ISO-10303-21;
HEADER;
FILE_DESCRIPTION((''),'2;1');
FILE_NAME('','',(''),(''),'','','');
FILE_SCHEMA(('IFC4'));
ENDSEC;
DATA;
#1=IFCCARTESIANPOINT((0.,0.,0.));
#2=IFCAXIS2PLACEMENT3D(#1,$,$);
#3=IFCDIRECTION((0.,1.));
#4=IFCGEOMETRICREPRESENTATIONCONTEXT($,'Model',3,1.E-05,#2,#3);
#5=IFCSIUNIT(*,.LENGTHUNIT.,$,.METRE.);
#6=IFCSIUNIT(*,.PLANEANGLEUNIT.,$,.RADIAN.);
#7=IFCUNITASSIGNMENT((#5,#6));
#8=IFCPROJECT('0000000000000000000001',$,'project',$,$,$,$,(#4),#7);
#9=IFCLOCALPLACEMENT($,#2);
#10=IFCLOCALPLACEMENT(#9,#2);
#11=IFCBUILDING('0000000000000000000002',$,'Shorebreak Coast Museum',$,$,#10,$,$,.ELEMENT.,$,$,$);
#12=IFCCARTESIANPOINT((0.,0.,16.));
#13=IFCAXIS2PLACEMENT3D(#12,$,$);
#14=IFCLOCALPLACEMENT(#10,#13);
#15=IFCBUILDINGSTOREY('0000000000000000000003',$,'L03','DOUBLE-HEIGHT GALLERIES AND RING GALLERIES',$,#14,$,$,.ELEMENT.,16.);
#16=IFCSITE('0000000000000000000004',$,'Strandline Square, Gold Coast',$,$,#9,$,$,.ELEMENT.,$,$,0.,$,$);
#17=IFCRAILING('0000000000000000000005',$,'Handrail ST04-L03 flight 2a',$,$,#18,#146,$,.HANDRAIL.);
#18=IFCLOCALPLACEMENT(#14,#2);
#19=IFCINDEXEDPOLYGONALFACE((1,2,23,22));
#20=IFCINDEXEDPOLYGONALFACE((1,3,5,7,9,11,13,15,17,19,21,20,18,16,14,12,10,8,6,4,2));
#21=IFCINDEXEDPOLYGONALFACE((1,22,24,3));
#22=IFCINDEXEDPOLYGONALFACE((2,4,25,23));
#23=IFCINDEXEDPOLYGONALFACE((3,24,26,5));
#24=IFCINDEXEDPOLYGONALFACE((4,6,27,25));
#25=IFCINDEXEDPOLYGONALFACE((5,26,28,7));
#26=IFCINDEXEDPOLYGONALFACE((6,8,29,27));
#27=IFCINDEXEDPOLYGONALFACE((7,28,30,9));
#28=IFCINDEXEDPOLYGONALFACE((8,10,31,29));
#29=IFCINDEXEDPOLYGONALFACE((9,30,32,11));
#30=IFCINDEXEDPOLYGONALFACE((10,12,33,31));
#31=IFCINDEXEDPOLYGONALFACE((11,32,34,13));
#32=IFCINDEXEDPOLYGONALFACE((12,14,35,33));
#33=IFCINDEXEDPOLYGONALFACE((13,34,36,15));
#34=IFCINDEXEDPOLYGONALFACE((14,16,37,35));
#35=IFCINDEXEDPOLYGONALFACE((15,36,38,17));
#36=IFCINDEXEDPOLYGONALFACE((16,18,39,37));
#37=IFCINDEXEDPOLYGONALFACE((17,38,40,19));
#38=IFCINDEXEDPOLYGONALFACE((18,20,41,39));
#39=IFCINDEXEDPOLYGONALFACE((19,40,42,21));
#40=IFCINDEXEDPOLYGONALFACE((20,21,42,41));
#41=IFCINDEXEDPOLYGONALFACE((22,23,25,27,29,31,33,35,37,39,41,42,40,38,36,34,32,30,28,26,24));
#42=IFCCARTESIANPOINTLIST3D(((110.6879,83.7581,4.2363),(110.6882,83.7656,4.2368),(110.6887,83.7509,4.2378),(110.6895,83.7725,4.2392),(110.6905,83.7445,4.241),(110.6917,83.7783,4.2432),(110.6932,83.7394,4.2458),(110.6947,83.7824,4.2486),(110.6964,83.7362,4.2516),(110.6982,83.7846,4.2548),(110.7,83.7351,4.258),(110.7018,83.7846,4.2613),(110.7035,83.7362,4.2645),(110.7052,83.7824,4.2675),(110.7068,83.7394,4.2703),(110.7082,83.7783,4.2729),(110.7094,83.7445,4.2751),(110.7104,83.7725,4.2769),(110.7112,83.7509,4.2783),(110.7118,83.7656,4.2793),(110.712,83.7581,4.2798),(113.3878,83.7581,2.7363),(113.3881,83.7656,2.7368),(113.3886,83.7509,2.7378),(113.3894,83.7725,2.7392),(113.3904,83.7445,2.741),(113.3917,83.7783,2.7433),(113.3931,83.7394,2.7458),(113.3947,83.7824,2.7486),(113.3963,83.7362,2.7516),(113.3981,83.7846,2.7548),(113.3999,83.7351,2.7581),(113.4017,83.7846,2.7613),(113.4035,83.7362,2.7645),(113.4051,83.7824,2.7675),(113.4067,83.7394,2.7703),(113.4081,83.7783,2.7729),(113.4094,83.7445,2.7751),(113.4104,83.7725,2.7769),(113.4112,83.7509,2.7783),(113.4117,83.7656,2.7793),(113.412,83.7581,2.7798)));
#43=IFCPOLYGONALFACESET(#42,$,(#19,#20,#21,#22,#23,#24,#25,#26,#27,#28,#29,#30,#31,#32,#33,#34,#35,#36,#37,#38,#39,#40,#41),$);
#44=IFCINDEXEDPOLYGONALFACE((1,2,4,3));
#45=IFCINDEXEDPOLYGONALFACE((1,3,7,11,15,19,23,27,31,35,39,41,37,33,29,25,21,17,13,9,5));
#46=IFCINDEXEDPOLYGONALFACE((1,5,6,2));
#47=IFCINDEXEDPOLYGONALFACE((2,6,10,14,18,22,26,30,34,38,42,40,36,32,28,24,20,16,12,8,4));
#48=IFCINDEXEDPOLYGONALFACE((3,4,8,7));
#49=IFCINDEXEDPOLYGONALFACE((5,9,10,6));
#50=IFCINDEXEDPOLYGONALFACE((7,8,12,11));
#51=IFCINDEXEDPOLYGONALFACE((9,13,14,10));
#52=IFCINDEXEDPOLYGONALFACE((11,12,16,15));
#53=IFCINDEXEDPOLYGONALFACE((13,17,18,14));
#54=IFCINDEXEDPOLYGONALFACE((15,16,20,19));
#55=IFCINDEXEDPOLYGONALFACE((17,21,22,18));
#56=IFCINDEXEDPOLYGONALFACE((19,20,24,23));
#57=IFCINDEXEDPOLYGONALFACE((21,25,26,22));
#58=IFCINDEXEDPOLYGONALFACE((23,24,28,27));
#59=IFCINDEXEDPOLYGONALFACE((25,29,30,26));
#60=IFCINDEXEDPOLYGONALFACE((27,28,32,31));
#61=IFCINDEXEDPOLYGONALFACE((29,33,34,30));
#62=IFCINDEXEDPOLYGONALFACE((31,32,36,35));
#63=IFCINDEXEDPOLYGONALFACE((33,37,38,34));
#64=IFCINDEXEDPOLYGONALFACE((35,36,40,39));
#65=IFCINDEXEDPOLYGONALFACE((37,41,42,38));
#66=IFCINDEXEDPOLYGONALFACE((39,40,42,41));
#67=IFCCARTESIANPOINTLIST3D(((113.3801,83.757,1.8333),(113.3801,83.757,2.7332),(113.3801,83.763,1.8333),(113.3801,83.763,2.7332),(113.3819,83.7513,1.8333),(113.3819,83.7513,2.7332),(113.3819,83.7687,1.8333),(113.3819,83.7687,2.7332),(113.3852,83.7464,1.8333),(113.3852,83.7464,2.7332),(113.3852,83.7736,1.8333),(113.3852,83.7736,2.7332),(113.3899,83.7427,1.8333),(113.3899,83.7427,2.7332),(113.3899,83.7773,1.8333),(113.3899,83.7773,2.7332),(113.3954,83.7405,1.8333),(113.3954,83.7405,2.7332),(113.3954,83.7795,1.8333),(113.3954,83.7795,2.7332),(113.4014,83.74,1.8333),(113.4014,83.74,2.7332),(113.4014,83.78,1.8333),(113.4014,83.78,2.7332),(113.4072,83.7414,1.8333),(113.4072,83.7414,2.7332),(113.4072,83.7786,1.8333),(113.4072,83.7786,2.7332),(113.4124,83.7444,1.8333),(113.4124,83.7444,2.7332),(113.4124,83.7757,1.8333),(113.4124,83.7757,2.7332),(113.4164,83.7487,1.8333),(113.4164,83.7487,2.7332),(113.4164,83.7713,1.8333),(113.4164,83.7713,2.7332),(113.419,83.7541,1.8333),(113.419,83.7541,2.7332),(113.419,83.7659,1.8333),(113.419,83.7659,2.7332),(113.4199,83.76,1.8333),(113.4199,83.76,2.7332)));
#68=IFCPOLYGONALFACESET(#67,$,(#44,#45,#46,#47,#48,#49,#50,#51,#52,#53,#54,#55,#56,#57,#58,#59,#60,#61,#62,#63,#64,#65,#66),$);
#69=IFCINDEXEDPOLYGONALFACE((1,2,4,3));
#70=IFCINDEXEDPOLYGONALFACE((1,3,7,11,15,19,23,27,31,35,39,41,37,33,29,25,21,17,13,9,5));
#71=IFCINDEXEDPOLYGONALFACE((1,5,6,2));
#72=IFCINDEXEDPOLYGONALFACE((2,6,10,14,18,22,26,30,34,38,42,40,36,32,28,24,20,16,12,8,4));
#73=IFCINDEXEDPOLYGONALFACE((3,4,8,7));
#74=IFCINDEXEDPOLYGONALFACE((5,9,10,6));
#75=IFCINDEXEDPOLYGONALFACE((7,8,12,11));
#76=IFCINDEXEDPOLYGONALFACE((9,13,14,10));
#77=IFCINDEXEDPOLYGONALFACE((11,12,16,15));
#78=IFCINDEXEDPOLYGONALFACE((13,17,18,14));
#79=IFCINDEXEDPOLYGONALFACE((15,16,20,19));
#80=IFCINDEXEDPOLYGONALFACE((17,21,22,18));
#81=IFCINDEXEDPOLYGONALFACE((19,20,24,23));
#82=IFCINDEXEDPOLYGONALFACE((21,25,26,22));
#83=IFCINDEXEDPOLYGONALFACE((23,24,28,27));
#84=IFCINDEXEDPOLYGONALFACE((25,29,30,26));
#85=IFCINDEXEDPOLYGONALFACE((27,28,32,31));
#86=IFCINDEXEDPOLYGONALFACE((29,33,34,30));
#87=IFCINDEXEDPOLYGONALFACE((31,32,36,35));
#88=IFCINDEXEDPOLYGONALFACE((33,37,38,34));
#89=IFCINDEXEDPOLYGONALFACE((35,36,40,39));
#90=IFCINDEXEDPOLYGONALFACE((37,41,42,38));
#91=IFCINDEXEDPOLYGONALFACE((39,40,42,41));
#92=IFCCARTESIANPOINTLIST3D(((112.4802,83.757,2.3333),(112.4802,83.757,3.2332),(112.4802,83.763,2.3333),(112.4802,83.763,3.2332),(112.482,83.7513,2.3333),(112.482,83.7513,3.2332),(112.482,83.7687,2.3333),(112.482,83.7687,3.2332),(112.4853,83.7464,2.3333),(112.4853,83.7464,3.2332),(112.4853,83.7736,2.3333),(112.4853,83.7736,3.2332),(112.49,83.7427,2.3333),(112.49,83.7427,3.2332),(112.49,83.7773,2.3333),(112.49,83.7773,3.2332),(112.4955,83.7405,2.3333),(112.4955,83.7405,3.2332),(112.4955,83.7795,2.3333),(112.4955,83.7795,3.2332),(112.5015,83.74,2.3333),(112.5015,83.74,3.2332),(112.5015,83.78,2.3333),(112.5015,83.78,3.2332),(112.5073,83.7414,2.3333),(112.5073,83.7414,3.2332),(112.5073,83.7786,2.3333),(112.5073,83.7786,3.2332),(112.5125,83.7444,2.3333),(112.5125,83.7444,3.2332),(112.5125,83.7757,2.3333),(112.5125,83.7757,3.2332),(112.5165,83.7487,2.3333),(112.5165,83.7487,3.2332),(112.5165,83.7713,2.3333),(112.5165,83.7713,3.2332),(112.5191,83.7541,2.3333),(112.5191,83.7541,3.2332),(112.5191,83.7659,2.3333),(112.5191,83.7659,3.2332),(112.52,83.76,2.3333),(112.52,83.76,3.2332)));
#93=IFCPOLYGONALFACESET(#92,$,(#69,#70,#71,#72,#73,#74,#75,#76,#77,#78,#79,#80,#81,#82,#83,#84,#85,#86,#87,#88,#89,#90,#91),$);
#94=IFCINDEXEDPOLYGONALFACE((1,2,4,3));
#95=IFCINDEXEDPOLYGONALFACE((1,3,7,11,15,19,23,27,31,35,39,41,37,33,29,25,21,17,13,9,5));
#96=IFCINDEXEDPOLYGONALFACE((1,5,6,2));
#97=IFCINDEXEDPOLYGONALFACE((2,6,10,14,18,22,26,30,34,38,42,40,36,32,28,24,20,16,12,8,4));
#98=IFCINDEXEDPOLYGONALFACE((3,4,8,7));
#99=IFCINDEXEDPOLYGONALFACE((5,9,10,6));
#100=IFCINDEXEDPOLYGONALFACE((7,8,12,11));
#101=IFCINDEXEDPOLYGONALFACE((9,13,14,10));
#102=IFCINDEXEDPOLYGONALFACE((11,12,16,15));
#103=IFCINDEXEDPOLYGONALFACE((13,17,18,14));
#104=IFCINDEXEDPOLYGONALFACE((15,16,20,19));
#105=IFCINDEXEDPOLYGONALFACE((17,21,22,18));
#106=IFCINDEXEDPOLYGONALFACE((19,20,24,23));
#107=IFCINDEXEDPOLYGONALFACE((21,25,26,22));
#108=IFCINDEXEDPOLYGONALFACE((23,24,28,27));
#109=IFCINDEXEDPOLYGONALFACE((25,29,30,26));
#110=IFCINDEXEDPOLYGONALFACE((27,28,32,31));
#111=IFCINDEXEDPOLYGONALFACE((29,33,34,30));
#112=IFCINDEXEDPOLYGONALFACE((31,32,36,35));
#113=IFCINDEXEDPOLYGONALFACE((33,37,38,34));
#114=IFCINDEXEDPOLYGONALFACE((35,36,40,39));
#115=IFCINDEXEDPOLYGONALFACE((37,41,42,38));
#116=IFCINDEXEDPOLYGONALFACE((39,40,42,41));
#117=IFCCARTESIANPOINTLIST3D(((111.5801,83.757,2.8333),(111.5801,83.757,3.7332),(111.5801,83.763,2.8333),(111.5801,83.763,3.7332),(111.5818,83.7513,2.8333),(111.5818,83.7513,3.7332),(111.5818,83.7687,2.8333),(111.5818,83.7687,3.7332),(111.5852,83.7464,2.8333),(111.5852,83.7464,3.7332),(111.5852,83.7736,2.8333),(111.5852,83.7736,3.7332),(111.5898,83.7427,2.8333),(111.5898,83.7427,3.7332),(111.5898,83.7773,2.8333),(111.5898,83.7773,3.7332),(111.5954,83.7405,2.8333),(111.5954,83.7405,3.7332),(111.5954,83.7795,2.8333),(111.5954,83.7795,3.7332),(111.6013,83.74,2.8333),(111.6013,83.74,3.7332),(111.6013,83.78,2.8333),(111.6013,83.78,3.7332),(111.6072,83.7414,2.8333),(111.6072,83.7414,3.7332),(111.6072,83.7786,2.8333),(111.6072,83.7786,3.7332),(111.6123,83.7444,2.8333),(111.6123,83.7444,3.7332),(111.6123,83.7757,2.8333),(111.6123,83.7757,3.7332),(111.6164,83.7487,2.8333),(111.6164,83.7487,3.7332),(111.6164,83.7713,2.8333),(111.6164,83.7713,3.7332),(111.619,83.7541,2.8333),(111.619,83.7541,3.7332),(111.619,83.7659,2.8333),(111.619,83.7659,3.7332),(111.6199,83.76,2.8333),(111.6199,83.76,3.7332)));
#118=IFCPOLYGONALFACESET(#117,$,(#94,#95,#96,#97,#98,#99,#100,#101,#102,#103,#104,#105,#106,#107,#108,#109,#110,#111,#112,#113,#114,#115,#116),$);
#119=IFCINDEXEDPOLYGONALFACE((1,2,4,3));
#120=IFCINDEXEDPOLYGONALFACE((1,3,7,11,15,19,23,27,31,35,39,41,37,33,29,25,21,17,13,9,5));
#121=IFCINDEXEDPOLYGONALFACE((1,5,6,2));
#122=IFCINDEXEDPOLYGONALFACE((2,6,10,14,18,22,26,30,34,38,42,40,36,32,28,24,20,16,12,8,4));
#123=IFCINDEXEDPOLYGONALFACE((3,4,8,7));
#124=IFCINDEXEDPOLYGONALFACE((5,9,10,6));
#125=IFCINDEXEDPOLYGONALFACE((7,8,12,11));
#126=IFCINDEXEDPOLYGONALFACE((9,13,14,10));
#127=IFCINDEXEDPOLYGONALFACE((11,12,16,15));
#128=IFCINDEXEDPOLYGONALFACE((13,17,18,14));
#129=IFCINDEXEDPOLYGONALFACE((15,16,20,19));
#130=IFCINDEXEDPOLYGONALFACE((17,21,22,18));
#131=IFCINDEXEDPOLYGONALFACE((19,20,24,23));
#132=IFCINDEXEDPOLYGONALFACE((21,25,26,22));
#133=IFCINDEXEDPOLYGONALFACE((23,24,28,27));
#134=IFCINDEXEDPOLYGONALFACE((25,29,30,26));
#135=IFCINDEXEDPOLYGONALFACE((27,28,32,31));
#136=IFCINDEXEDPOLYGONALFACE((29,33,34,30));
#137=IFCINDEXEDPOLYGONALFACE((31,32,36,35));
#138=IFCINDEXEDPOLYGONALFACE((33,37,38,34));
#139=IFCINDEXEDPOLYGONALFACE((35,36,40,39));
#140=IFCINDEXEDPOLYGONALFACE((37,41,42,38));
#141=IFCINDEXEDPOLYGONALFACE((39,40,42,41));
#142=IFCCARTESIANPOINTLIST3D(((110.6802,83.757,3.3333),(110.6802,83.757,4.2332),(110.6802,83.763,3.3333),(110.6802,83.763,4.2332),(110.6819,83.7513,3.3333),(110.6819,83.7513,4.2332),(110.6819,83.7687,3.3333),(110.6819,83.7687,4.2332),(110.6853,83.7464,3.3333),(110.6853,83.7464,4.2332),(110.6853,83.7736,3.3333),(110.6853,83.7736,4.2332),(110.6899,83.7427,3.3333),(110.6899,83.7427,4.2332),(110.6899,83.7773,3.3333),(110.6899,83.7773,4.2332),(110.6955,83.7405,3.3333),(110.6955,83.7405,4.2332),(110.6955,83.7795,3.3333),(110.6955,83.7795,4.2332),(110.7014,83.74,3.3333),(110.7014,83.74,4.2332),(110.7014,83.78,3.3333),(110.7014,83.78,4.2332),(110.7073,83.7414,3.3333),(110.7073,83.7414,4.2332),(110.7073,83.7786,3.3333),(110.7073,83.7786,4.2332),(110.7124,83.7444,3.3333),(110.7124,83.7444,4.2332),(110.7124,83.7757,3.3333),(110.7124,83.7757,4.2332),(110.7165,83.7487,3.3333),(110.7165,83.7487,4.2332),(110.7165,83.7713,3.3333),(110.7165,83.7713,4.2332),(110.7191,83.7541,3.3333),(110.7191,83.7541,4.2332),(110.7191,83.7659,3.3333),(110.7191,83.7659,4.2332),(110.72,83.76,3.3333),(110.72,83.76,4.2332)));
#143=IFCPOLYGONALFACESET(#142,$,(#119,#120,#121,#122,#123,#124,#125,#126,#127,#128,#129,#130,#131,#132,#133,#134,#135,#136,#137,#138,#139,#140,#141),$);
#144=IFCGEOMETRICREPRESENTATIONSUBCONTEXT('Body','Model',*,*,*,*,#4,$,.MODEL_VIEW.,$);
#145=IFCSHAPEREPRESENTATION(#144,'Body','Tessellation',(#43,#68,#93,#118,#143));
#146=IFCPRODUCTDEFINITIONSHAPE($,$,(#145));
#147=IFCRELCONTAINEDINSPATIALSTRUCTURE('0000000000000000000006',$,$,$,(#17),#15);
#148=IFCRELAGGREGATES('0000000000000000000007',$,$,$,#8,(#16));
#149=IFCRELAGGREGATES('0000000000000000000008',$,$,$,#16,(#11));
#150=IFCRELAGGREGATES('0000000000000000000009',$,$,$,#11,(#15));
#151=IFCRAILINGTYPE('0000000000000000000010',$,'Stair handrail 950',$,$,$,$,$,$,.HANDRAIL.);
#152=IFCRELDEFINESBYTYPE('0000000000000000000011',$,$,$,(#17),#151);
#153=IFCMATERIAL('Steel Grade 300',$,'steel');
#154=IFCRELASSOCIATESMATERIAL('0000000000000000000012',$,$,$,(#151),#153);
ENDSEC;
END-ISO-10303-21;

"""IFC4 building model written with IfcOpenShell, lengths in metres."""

from ifc_helpers import new_model, si_unit, direction, frame, origin, origin_2d, place, context, subcontext, project, spatial, circle, extrude, material, type_object, element, save


model = new_model("IFC4")

# Units and contexts
model_context = context("Model", 3, precision=1e-05, world=origin(), true_north=direction((0.0, 1.0)))
body_context = subcontext(model_context, "Body", "Model", "MODEL_VIEW")
ifc_project = project(units=[si_unit("LENGTHUNIT", "METRE"), si_unit("PLANEANGLEUNIT", "RADIAN")], contexts=[model_context])

# Site, building, storey
site_placement = place(None, origin())
site = spatial("IfcSite", under=ifc_project, at=site_placement, Name="Strandline Square, Gold Coast", CompositionType="ELEMENT", RefElevation=0.0)
building_placement = place(site_placement, origin())
building = spatial("IfcBuilding", under=site, at=building_placement, Name="Shorebreak Coast Museum", CompositionType="ELEMENT")
storey_placement = place(building_placement, frame((0.0, 0.0, 16.0)))
storey = spatial("IfcBuildingStorey", under=building, at=storey_placement, Name="L03", Description="DOUBLE-HEIGHT GALLERIES AND RING GALLERIES", CompositionType="ELEMENT", Elevation=16.0)

# Railing
ifc_material_1 = material(Name="Steel Grade 300", Category="steel")
railing_type_1 = type_object("IfcRailingType", Name="Stair handrail 950", PredefinedType="HANDRAIL", material=ifc_material_1)
for number, where, name in (
    (1, (113.3999, 83.76, 1.8333), "Handrail ST04-L03 flight 2a"),
):
    element("IfcRailing", number, at=place(storey_placement, frame(where)), inside=storey, type_object=railing_type_1, Name=name, PredefinedType="HANDRAIL", context=body_context, shape_type="SweptSolid", body=[
        extrude(circle(Radius=0.0249, at=origin_2d()), frame((0.0, 0.0, 0.9248), z_axis=(-0.874154, 0.0, 0.48565), x_axis=(0.0, -1.0, 0.0)), (0.0, 0.0, 1.0), 3.0886),
        extrude(circle(Radius=0.02, at=origin_2d()), origin(), (0.0, 0.0, 1.0), 0.8999),
        extrude(circle(Radius=0.02, at=origin_2d()), frame((-0.8999, 0.0, 0.5)), (0.0, 0.0, 1.0), 0.8999),
        extrude(circle(Radius=0.02, at=origin_2d()), frame((-1.8, 0.0, 1.0)), (0.0, 0.0, 1.0), 0.8999),
        extrude(circle(Radius=0.02, at=origin_2d()), frame((-2.7, 0.0, 1.5)), (0.0, 0.0, 1.0), 0.8999),
    ])

save(model, "model.ifc")
